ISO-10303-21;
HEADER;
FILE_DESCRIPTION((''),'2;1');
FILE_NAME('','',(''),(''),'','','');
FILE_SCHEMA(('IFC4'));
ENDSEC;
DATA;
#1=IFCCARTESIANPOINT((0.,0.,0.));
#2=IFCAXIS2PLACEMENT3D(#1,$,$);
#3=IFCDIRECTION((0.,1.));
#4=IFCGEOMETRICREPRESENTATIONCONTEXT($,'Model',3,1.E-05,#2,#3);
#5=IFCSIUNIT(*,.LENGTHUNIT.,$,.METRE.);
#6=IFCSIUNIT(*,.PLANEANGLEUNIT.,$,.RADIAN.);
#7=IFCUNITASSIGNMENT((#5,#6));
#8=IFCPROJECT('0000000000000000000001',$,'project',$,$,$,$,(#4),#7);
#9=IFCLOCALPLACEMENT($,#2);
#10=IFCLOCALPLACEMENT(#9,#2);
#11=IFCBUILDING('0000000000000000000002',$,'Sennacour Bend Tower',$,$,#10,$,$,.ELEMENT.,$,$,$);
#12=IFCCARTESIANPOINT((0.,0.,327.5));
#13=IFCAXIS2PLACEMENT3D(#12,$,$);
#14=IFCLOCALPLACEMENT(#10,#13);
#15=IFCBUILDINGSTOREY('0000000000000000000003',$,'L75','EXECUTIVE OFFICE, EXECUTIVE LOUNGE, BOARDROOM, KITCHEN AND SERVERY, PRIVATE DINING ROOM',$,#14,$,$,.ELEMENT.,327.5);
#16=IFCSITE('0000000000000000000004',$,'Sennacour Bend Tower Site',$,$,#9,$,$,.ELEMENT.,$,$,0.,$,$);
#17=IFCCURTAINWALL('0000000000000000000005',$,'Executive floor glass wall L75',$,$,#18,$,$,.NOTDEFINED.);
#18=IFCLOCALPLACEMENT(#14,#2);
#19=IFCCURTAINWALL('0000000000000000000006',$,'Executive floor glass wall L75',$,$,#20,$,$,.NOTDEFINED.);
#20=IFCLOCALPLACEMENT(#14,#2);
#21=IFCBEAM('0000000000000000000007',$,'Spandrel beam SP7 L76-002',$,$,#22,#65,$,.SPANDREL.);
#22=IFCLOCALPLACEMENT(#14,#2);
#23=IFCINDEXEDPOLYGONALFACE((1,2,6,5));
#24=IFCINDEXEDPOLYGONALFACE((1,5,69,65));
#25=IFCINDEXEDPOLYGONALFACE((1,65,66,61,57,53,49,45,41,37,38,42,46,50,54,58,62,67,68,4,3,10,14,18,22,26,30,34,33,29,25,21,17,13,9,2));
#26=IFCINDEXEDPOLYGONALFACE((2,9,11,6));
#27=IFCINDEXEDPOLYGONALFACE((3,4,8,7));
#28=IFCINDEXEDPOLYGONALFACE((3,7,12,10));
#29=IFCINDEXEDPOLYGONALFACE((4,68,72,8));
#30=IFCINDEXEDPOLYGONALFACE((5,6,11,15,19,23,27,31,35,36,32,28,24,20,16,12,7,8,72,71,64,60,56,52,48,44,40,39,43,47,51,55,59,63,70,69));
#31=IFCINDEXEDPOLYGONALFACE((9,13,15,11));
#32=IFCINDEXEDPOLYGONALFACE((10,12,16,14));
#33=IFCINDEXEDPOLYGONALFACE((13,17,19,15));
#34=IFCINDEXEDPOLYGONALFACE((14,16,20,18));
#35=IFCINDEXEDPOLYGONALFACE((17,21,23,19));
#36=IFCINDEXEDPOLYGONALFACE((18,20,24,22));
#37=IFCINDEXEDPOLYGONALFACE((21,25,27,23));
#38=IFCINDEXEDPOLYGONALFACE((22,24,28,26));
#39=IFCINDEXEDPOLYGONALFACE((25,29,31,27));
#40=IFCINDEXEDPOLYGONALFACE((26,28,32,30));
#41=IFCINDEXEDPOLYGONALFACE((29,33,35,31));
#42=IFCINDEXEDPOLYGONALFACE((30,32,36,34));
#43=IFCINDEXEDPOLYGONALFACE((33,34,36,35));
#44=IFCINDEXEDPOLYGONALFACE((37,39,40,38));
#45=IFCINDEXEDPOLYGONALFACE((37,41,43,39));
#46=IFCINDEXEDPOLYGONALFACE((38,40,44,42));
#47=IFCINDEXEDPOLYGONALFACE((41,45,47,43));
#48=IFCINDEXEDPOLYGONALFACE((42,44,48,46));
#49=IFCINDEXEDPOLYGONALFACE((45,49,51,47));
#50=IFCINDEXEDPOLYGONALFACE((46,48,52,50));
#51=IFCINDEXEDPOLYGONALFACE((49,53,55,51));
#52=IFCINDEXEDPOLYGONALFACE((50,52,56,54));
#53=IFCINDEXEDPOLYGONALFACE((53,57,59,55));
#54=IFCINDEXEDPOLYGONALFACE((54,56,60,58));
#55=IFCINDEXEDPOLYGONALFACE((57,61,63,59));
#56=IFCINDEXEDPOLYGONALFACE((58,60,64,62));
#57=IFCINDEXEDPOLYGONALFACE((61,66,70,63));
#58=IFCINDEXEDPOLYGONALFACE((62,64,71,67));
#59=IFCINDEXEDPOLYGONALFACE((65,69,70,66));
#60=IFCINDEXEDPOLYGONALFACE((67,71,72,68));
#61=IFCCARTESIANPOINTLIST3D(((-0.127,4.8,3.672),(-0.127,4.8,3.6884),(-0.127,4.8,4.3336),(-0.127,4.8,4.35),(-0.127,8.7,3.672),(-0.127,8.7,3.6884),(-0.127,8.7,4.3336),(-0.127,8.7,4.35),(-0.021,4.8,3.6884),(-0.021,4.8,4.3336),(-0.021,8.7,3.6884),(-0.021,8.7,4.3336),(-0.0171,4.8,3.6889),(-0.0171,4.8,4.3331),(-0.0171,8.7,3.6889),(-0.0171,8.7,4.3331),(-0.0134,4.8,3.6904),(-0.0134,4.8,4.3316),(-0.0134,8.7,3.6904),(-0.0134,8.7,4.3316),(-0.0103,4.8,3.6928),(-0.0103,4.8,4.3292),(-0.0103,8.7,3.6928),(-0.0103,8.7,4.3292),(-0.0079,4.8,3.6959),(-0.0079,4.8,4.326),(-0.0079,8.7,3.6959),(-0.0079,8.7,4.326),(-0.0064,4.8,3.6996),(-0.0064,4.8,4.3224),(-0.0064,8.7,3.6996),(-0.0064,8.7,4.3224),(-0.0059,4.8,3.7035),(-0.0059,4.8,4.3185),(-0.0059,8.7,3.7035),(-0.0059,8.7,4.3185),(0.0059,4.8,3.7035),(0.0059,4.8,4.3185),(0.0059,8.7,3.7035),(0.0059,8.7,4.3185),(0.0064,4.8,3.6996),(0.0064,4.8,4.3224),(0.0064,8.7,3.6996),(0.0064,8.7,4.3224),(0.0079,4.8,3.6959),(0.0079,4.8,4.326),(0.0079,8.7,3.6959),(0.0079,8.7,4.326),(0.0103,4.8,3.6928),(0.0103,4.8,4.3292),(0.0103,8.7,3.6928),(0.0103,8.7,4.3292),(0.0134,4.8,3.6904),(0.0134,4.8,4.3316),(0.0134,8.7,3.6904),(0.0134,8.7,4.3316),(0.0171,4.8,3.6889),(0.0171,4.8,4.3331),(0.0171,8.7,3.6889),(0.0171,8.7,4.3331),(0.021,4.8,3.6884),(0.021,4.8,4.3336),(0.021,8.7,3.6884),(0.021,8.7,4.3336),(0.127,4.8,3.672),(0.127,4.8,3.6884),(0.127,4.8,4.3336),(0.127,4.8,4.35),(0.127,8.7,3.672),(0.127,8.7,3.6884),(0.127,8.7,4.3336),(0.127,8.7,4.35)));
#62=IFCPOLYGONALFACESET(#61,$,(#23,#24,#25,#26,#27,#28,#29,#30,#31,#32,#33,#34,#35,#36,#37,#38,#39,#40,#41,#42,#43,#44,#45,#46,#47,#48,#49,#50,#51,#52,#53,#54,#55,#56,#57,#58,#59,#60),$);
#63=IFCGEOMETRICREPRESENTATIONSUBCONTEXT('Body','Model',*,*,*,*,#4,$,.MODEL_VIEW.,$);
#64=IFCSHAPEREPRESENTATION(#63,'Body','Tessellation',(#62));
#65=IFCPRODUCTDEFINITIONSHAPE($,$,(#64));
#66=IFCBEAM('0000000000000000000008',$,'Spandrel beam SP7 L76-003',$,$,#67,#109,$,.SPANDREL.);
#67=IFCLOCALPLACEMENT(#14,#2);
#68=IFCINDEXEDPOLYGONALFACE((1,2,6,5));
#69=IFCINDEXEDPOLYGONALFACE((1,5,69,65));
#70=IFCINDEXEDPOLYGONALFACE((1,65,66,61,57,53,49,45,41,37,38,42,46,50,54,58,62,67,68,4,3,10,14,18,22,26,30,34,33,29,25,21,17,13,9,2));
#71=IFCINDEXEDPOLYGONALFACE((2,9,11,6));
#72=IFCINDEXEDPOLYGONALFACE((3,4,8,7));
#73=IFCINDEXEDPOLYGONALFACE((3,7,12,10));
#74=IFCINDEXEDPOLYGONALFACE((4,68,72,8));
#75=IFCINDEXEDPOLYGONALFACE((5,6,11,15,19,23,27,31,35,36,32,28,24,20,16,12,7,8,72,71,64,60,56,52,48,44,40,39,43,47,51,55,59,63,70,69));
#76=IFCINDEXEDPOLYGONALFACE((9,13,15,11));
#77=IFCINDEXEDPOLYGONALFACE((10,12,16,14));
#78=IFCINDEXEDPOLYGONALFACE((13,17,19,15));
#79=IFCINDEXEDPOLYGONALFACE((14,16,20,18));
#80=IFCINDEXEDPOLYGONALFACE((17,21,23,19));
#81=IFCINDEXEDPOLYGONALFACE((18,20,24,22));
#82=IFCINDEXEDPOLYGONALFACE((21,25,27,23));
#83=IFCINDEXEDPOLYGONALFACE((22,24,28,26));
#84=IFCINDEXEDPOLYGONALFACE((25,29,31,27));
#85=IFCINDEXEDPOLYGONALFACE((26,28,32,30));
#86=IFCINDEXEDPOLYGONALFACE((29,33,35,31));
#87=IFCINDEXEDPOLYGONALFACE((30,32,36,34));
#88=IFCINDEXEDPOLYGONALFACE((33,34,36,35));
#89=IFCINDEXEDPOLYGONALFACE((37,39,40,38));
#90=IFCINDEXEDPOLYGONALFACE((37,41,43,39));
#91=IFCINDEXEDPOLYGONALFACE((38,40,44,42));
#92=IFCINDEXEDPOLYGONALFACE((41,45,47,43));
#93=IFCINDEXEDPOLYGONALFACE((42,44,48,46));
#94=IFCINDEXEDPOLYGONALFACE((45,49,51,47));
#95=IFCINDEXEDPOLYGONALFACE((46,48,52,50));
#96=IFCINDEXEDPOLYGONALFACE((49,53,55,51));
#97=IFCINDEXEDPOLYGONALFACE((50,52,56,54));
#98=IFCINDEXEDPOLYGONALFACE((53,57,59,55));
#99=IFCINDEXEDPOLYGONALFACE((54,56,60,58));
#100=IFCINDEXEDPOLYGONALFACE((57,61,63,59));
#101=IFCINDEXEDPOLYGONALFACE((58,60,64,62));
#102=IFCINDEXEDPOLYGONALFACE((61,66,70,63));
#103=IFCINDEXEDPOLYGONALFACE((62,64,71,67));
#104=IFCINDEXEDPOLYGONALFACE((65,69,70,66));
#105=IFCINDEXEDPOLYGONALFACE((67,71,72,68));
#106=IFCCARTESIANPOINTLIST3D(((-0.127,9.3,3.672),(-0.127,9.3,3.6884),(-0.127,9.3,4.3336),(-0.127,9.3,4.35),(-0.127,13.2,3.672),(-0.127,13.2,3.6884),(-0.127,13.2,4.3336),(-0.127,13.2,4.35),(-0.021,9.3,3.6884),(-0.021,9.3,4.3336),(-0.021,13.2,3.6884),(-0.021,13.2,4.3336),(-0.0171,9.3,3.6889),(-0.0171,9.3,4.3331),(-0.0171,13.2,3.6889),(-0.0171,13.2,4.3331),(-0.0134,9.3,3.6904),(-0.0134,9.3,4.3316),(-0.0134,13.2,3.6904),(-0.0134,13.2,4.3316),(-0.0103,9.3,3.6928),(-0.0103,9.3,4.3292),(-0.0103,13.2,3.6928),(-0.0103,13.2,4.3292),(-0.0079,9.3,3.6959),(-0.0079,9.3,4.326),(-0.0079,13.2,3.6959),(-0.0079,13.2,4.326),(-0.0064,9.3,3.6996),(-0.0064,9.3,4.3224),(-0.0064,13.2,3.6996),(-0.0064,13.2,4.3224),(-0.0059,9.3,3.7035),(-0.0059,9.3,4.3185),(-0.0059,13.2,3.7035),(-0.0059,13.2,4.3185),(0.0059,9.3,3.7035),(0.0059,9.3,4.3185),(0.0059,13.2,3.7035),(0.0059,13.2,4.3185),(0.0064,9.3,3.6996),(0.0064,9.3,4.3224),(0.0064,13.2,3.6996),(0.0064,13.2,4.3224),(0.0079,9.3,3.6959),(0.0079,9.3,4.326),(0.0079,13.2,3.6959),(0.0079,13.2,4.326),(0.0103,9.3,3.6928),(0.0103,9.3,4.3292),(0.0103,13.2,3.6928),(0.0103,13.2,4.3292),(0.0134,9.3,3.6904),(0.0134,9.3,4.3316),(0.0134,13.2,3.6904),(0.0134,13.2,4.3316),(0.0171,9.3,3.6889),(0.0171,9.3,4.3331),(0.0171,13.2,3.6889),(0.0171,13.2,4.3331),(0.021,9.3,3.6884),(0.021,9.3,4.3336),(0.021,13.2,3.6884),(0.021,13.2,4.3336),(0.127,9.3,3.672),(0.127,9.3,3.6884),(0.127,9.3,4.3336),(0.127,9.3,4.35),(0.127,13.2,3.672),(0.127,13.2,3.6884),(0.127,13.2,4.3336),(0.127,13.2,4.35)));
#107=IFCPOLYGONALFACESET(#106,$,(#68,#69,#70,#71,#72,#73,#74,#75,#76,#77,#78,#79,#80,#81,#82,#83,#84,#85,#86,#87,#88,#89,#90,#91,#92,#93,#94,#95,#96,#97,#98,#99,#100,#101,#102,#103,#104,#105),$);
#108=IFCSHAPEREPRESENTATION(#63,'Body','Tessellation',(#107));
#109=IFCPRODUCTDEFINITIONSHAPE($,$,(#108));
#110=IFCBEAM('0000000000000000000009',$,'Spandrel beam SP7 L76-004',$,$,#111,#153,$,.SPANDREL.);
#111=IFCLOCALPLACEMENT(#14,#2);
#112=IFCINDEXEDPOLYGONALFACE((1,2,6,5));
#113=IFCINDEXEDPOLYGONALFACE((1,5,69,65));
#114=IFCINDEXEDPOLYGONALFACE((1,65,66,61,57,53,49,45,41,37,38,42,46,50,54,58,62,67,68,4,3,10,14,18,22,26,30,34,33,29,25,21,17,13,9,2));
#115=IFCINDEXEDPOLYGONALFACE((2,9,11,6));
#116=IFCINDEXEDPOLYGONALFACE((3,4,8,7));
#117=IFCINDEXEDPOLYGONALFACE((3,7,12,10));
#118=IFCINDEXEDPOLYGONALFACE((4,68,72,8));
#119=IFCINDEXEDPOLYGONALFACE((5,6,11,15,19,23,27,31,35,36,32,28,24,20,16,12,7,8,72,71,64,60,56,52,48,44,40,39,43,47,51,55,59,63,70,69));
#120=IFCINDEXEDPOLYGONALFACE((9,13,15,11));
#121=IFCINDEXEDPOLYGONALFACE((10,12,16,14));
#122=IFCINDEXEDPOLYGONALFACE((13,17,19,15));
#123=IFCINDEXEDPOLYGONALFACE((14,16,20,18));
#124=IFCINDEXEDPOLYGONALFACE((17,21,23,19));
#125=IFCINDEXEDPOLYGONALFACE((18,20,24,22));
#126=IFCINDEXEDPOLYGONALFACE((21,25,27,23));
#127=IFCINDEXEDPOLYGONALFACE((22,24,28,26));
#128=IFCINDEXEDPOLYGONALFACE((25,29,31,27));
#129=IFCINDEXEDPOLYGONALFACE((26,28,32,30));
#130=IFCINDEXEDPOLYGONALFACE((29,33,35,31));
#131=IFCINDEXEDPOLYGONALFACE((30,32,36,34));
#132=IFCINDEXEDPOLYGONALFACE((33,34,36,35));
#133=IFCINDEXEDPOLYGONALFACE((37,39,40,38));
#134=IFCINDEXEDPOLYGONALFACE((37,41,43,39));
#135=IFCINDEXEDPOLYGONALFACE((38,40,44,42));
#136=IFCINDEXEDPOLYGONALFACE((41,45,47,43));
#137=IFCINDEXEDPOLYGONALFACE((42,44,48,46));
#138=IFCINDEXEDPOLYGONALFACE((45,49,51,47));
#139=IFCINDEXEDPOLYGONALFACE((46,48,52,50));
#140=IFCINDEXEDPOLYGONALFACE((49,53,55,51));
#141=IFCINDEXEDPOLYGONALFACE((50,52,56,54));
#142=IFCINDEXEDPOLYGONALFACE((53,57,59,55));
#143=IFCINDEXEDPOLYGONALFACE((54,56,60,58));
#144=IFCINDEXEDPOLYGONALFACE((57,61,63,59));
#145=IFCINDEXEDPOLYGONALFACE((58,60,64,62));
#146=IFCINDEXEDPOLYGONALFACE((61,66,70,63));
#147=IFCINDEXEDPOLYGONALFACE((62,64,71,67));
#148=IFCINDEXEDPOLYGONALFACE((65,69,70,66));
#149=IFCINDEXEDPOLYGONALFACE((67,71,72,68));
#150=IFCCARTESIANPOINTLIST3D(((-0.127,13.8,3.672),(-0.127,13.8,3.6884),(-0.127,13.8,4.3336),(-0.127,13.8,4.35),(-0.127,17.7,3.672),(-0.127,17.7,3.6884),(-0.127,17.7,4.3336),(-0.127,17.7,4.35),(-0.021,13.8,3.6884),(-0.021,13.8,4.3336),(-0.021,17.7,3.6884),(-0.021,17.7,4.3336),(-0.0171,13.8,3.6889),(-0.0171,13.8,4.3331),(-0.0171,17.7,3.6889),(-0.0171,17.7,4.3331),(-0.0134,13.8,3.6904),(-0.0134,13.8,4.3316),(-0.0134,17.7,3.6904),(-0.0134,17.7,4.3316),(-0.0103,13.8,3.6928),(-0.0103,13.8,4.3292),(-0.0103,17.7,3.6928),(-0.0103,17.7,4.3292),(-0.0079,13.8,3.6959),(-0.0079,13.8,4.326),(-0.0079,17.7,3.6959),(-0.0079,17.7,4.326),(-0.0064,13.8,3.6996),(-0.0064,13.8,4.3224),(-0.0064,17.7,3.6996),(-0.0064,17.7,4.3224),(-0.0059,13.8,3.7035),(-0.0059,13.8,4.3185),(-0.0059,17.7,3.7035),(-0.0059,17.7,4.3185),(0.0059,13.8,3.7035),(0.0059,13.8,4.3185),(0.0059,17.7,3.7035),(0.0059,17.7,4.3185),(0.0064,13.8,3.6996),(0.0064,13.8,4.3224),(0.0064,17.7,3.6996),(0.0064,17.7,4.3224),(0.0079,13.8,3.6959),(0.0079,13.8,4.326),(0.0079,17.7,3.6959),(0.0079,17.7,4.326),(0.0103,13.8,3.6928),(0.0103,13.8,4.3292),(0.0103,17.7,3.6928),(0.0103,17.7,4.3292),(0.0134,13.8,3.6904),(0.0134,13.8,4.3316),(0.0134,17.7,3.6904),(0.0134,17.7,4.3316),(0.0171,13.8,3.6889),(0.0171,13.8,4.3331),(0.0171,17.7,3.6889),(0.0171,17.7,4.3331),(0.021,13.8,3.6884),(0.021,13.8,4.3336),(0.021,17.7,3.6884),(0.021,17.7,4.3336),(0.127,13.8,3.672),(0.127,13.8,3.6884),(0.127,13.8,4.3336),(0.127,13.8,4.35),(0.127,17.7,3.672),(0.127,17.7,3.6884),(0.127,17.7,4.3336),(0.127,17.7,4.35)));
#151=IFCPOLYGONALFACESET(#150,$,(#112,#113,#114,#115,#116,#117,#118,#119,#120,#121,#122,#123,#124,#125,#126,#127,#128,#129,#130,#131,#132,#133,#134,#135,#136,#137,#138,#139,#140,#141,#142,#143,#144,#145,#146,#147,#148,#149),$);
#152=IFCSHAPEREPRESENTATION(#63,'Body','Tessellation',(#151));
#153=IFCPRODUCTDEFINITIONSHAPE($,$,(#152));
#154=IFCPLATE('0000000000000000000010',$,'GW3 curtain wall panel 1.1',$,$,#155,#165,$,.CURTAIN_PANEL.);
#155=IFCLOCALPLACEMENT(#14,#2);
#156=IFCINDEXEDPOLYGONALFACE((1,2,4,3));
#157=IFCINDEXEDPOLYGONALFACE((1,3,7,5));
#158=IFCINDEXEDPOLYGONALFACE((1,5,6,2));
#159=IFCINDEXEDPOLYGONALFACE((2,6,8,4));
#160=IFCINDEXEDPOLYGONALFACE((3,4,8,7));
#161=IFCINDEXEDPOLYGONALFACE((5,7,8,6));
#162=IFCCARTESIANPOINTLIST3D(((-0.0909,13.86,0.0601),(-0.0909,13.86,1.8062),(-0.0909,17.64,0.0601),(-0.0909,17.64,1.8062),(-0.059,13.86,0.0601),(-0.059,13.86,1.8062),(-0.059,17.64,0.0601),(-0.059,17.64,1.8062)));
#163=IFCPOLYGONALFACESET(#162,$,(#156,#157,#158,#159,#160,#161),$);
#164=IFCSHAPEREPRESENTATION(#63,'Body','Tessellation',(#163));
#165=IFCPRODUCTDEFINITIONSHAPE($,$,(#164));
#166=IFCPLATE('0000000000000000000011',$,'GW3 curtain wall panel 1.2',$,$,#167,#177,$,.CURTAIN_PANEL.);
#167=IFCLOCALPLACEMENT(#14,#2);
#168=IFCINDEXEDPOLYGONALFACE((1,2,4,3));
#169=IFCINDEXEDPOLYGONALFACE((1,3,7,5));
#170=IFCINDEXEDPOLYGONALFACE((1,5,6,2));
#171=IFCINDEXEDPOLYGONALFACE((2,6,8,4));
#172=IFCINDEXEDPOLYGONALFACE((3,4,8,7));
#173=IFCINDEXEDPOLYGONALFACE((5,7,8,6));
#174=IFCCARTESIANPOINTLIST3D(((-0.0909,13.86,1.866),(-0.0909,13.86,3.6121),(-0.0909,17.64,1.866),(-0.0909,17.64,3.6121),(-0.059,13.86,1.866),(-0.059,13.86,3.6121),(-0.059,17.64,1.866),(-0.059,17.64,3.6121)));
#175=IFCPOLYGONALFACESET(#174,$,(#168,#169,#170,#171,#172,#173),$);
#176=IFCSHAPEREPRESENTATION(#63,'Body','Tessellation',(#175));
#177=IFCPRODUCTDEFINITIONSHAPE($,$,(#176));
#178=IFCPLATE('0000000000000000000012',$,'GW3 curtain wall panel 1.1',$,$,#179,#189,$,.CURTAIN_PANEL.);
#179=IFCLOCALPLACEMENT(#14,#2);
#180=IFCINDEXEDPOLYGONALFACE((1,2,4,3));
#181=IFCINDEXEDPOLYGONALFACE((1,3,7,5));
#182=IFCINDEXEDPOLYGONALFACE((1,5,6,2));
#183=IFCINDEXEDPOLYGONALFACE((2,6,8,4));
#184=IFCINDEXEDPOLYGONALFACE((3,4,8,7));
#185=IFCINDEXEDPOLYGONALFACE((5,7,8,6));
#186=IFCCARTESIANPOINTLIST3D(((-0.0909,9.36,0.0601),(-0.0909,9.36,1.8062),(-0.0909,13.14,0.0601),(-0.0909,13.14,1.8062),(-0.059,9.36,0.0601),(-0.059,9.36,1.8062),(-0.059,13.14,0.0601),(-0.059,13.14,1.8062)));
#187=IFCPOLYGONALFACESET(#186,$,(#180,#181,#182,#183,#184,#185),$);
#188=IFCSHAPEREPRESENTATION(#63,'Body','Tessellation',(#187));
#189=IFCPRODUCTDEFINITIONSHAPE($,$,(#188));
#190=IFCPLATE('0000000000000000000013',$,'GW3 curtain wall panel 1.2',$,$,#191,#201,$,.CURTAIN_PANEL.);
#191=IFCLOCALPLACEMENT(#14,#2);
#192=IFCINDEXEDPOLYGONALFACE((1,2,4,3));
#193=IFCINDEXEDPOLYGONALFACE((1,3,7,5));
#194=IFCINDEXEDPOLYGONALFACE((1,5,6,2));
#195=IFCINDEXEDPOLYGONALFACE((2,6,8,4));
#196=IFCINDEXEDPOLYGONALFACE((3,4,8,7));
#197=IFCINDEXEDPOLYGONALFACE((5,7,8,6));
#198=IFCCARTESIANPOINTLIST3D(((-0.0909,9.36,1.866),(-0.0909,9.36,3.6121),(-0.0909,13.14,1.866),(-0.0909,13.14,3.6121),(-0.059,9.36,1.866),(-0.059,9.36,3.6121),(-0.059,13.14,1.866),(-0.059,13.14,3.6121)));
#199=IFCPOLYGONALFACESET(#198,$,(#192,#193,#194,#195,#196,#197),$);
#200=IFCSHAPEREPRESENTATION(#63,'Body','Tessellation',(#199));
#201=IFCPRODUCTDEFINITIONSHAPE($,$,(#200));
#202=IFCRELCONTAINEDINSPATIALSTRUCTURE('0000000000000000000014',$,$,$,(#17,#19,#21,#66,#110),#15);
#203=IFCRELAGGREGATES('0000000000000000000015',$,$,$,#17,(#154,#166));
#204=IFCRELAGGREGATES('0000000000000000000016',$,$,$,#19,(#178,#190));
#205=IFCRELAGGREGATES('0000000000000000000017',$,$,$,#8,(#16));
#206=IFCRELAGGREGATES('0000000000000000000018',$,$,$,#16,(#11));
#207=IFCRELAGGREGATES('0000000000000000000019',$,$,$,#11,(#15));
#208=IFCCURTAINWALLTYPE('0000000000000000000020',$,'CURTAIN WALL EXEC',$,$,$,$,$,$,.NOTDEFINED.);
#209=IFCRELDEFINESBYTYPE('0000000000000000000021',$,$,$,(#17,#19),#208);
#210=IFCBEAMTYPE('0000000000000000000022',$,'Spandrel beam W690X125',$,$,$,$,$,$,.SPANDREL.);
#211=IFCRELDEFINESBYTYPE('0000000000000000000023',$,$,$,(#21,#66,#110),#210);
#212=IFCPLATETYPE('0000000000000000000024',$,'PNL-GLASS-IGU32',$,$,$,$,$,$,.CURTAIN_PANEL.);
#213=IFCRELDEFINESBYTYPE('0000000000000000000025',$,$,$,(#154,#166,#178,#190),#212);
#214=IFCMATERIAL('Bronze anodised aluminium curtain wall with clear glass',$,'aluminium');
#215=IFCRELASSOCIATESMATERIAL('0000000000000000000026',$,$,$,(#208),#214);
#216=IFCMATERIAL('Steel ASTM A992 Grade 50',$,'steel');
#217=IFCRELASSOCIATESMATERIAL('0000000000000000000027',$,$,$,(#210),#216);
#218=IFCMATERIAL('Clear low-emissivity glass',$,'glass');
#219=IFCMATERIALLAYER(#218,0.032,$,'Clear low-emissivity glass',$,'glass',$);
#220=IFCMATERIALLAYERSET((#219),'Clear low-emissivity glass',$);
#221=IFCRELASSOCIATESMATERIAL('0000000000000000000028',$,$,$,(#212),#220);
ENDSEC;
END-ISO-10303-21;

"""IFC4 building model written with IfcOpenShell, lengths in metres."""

from ifc_helpers import new_model, si_unit, direction, frame, origin, origin_2d, place, context, subcontext, project, spatial, rectangle, i_section, extrude, material, layer, layer_set, material_profile, profile_set, type_object, element, aggregate, save


model = new_model("IFC4")

# Units and contexts
model_context = context("Model", 3, precision=1e-05, world=origin(), true_north=direction((0.0, 1.0)))
body_context = subcontext(model_context, "Body", "Model", "MODEL_VIEW")
ifc_project = project(units=[si_unit("LENGTHUNIT", "METRE"), si_unit("PLANEANGLEUNIT", "RADIAN")], contexts=[model_context])

# Site, building, storey
site_placement = place(None, origin())
site = spatial("IfcSite", under=ifc_project, at=site_placement, Name="Sennacour Bend Tower Site", CompositionType="ELEMENT", RefElevation=0.0)
building_placement = place(site_placement, origin())
building = spatial("IfcBuilding", under=site, at=building_placement, Name="Sennacour Bend Tower", CompositionType="ELEMENT")
storey_placement = place(building_placement, frame((0.0, 0.0, 327.5)))
storey = spatial("IfcBuildingStorey", under=building, at=storey_placement, Name="L75", Description="EXECUTIVE OFFICE, EXECUTIVE LOUNGE, BOARDROOM, KITCHEN AND SERVERY, PRIVATE DINING ROOM", CompositionType="ELEMENT", Elevation=327.5)

# Curtain wall
ifc_material_1 = material(Name="Bronze anodised aluminium curtain wall with clear glass", Category="aluminium")
curtain_wall_type = type_object("IfcCurtainWallType", Name="CURTAIN WALL EXEC", PredefinedType="NOTDEFINED", material=ifc_material_1)
curtain_wall_1_placement = place(storey_placement, origin())
curtain_wall_1 = element("IfcCurtainWall", 1, at=curtain_wall_1_placement, inside=storey, type_object=curtain_wall_type, Name="Executive floor glass wall L75", PredefinedType="NOTDEFINED")

# Curtain wall
curtain_wall_2_placement = place(storey_placement, origin())
curtain_wall_2 = element("IfcCurtainWall", 2, at=curtain_wall_2_placement, inside=storey, type_object=curtain_wall_type, Name="Executive floor glass wall L75", PredefinedType="NOTDEFINED")

# Beams
ifc_material_2 = material(Name="Steel ASTM A992 Grade 50", Category="steel")
ifc_material_profile_1 = material_profile(ifc_material_2, i_section(OverallWidth=0.2539, OverallDepth=0.678, WebThickness=0.0117, FlangeThickness=0.0164, FilletRadius=0.0151, at=origin_2d()), Name="Steel ASTM A992 Grade 50", Category="steel")
ifc_profile_set_1 = profile_set([ifc_material_profile_1], Name="Steel ASTM A992 Grade 50")
beam_type = type_object("IfcBeamType", Name="Spandrel beam W690X125", PredefinedType="SPANDREL", material=ifc_profile_set_1)
for number, where, z_axis, x_axis, name in (
    (3, (0.0, 4.8, 4.011), (0.0, 1.0, 0.0), (-1.0, 0.0, 0.0), "Spandrel beam SP7 L76-002"),
    (4, (0.0, 9.3, 4.011), (0.0, 1.0, 0.0), (-1.0, 0.0, 0.0), "Spandrel beam SP7 L76-003"),
    (5, (0.0, 13.8, 4.011), (0.0, 1.0, 0.0), (-1.0, 0.0, 0.0), "Spandrel beam SP7 L76-004"),
):
    element("IfcBeam", number, at=place(storey_placement, frame(where, z_axis=z_axis, x_axis=x_axis)), inside=storey, type_object=beam_type, Name=name, PredefinedType="SPANDREL", context=body_context, shape_type="SweptSolid", body=[
        extrude(i_section(OverallWidth=0.2539, OverallDepth=0.678, WebThickness=0.0117, FlangeThickness=0.0164, FilletRadius=0.0151, at=origin_2d()), origin(), (0.0, 0.0, 1.0), 3.8999),
    ])

# Plates
ifc_material_3 = material(Name="Clear low-emissivity glass", Category="glass")
ifc_layer_1 = layer(ifc_material_3, 0.032, Name="Clear low-emissivity glass", Category="glass")
ifc_layer_set_1 = layer_set([ifc_layer_1], Name="Clear low-emissivity glass")
plate_type = type_object("IfcPlateType", Name="PNL-GLASS-IGU32", PredefinedType="CURTAIN_PANEL", material=ifc_layer_set_1)
plate_1_placement = place(storey_placement, frame((-0.075, 15.75, 0.0601), z_axis=(0.0, 0.0, 1.0), x_axis=(0.0, -1.0, 0.0)))
plate_1 = element("IfcPlate", 6, at=plate_1_placement, type_object=plate_type, Name="GW3 curtain wall panel 1.1", PredefinedType="CURTAIN_PANEL", context=body_context, shape_type="SweptSolid", body=[
    extrude(rectangle(XDim=3.78, YDim=0.032, at=origin_2d()), origin(), (0.0, 0.0, 1.0), 1.7461),
])
plate_2_placement = place(storey_placement, frame((-0.075, 15.75, 1.866), z_axis=(0.0, 0.0, 1.0), x_axis=(0.0, -1.0, 0.0)))
plate_2 = element("IfcPlate", 7, at=plate_2_placement, type_object=plate_type, Name="GW3 curtain wall panel 1.2", PredefinedType="CURTAIN_PANEL", context=body_context, shape_type="SweptSolid", body=[
    extrude(rectangle(XDim=3.78, YDim=0.032, at=origin_2d()), origin(), (0.0, 0.0, 1.0), 1.7461),
])
aggregate(curtain_wall_1, [plate_1, plate_2])
plate_3_placement = place(storey_placement, frame((-0.075, 11.25, 0.0601), z_axis=(0.0, 0.0, 1.0), x_axis=(0.0, -1.0, 0.0)))
plate_3 = element("IfcPlate", 8, at=plate_3_placement, type_object=plate_type, Name="GW3 curtain wall panel 1.1", PredefinedType="CURTAIN_PANEL", context=body_context, shape_type="SweptSolid", body=[
    extrude(rectangle(XDim=3.78, YDim=0.032, at=origin_2d()), origin(), (0.0, 0.0, 1.0), 1.7461),
])
plate_4_placement = place(storey_placement, frame((-0.075, 11.25, 1.866), z_axis=(0.0, 0.0, 1.0), x_axis=(0.0, -1.0, 0.0)))
plate_4 = element("IfcPlate", 9, at=plate_4_placement, type_object=plate_type, Name="GW3 curtain wall panel 1.2", PredefinedType="CURTAIN_PANEL", context=body_context, shape_type="SweptSolid", body=[
    extrude(rectangle(XDim=3.78, YDim=0.032, at=origin_2d()), origin(), (0.0, 0.0, 1.0), 1.7461),
])
aggregate(curtain_wall_2, [plate_3, plate_4])

save(model, "model.ifc")
